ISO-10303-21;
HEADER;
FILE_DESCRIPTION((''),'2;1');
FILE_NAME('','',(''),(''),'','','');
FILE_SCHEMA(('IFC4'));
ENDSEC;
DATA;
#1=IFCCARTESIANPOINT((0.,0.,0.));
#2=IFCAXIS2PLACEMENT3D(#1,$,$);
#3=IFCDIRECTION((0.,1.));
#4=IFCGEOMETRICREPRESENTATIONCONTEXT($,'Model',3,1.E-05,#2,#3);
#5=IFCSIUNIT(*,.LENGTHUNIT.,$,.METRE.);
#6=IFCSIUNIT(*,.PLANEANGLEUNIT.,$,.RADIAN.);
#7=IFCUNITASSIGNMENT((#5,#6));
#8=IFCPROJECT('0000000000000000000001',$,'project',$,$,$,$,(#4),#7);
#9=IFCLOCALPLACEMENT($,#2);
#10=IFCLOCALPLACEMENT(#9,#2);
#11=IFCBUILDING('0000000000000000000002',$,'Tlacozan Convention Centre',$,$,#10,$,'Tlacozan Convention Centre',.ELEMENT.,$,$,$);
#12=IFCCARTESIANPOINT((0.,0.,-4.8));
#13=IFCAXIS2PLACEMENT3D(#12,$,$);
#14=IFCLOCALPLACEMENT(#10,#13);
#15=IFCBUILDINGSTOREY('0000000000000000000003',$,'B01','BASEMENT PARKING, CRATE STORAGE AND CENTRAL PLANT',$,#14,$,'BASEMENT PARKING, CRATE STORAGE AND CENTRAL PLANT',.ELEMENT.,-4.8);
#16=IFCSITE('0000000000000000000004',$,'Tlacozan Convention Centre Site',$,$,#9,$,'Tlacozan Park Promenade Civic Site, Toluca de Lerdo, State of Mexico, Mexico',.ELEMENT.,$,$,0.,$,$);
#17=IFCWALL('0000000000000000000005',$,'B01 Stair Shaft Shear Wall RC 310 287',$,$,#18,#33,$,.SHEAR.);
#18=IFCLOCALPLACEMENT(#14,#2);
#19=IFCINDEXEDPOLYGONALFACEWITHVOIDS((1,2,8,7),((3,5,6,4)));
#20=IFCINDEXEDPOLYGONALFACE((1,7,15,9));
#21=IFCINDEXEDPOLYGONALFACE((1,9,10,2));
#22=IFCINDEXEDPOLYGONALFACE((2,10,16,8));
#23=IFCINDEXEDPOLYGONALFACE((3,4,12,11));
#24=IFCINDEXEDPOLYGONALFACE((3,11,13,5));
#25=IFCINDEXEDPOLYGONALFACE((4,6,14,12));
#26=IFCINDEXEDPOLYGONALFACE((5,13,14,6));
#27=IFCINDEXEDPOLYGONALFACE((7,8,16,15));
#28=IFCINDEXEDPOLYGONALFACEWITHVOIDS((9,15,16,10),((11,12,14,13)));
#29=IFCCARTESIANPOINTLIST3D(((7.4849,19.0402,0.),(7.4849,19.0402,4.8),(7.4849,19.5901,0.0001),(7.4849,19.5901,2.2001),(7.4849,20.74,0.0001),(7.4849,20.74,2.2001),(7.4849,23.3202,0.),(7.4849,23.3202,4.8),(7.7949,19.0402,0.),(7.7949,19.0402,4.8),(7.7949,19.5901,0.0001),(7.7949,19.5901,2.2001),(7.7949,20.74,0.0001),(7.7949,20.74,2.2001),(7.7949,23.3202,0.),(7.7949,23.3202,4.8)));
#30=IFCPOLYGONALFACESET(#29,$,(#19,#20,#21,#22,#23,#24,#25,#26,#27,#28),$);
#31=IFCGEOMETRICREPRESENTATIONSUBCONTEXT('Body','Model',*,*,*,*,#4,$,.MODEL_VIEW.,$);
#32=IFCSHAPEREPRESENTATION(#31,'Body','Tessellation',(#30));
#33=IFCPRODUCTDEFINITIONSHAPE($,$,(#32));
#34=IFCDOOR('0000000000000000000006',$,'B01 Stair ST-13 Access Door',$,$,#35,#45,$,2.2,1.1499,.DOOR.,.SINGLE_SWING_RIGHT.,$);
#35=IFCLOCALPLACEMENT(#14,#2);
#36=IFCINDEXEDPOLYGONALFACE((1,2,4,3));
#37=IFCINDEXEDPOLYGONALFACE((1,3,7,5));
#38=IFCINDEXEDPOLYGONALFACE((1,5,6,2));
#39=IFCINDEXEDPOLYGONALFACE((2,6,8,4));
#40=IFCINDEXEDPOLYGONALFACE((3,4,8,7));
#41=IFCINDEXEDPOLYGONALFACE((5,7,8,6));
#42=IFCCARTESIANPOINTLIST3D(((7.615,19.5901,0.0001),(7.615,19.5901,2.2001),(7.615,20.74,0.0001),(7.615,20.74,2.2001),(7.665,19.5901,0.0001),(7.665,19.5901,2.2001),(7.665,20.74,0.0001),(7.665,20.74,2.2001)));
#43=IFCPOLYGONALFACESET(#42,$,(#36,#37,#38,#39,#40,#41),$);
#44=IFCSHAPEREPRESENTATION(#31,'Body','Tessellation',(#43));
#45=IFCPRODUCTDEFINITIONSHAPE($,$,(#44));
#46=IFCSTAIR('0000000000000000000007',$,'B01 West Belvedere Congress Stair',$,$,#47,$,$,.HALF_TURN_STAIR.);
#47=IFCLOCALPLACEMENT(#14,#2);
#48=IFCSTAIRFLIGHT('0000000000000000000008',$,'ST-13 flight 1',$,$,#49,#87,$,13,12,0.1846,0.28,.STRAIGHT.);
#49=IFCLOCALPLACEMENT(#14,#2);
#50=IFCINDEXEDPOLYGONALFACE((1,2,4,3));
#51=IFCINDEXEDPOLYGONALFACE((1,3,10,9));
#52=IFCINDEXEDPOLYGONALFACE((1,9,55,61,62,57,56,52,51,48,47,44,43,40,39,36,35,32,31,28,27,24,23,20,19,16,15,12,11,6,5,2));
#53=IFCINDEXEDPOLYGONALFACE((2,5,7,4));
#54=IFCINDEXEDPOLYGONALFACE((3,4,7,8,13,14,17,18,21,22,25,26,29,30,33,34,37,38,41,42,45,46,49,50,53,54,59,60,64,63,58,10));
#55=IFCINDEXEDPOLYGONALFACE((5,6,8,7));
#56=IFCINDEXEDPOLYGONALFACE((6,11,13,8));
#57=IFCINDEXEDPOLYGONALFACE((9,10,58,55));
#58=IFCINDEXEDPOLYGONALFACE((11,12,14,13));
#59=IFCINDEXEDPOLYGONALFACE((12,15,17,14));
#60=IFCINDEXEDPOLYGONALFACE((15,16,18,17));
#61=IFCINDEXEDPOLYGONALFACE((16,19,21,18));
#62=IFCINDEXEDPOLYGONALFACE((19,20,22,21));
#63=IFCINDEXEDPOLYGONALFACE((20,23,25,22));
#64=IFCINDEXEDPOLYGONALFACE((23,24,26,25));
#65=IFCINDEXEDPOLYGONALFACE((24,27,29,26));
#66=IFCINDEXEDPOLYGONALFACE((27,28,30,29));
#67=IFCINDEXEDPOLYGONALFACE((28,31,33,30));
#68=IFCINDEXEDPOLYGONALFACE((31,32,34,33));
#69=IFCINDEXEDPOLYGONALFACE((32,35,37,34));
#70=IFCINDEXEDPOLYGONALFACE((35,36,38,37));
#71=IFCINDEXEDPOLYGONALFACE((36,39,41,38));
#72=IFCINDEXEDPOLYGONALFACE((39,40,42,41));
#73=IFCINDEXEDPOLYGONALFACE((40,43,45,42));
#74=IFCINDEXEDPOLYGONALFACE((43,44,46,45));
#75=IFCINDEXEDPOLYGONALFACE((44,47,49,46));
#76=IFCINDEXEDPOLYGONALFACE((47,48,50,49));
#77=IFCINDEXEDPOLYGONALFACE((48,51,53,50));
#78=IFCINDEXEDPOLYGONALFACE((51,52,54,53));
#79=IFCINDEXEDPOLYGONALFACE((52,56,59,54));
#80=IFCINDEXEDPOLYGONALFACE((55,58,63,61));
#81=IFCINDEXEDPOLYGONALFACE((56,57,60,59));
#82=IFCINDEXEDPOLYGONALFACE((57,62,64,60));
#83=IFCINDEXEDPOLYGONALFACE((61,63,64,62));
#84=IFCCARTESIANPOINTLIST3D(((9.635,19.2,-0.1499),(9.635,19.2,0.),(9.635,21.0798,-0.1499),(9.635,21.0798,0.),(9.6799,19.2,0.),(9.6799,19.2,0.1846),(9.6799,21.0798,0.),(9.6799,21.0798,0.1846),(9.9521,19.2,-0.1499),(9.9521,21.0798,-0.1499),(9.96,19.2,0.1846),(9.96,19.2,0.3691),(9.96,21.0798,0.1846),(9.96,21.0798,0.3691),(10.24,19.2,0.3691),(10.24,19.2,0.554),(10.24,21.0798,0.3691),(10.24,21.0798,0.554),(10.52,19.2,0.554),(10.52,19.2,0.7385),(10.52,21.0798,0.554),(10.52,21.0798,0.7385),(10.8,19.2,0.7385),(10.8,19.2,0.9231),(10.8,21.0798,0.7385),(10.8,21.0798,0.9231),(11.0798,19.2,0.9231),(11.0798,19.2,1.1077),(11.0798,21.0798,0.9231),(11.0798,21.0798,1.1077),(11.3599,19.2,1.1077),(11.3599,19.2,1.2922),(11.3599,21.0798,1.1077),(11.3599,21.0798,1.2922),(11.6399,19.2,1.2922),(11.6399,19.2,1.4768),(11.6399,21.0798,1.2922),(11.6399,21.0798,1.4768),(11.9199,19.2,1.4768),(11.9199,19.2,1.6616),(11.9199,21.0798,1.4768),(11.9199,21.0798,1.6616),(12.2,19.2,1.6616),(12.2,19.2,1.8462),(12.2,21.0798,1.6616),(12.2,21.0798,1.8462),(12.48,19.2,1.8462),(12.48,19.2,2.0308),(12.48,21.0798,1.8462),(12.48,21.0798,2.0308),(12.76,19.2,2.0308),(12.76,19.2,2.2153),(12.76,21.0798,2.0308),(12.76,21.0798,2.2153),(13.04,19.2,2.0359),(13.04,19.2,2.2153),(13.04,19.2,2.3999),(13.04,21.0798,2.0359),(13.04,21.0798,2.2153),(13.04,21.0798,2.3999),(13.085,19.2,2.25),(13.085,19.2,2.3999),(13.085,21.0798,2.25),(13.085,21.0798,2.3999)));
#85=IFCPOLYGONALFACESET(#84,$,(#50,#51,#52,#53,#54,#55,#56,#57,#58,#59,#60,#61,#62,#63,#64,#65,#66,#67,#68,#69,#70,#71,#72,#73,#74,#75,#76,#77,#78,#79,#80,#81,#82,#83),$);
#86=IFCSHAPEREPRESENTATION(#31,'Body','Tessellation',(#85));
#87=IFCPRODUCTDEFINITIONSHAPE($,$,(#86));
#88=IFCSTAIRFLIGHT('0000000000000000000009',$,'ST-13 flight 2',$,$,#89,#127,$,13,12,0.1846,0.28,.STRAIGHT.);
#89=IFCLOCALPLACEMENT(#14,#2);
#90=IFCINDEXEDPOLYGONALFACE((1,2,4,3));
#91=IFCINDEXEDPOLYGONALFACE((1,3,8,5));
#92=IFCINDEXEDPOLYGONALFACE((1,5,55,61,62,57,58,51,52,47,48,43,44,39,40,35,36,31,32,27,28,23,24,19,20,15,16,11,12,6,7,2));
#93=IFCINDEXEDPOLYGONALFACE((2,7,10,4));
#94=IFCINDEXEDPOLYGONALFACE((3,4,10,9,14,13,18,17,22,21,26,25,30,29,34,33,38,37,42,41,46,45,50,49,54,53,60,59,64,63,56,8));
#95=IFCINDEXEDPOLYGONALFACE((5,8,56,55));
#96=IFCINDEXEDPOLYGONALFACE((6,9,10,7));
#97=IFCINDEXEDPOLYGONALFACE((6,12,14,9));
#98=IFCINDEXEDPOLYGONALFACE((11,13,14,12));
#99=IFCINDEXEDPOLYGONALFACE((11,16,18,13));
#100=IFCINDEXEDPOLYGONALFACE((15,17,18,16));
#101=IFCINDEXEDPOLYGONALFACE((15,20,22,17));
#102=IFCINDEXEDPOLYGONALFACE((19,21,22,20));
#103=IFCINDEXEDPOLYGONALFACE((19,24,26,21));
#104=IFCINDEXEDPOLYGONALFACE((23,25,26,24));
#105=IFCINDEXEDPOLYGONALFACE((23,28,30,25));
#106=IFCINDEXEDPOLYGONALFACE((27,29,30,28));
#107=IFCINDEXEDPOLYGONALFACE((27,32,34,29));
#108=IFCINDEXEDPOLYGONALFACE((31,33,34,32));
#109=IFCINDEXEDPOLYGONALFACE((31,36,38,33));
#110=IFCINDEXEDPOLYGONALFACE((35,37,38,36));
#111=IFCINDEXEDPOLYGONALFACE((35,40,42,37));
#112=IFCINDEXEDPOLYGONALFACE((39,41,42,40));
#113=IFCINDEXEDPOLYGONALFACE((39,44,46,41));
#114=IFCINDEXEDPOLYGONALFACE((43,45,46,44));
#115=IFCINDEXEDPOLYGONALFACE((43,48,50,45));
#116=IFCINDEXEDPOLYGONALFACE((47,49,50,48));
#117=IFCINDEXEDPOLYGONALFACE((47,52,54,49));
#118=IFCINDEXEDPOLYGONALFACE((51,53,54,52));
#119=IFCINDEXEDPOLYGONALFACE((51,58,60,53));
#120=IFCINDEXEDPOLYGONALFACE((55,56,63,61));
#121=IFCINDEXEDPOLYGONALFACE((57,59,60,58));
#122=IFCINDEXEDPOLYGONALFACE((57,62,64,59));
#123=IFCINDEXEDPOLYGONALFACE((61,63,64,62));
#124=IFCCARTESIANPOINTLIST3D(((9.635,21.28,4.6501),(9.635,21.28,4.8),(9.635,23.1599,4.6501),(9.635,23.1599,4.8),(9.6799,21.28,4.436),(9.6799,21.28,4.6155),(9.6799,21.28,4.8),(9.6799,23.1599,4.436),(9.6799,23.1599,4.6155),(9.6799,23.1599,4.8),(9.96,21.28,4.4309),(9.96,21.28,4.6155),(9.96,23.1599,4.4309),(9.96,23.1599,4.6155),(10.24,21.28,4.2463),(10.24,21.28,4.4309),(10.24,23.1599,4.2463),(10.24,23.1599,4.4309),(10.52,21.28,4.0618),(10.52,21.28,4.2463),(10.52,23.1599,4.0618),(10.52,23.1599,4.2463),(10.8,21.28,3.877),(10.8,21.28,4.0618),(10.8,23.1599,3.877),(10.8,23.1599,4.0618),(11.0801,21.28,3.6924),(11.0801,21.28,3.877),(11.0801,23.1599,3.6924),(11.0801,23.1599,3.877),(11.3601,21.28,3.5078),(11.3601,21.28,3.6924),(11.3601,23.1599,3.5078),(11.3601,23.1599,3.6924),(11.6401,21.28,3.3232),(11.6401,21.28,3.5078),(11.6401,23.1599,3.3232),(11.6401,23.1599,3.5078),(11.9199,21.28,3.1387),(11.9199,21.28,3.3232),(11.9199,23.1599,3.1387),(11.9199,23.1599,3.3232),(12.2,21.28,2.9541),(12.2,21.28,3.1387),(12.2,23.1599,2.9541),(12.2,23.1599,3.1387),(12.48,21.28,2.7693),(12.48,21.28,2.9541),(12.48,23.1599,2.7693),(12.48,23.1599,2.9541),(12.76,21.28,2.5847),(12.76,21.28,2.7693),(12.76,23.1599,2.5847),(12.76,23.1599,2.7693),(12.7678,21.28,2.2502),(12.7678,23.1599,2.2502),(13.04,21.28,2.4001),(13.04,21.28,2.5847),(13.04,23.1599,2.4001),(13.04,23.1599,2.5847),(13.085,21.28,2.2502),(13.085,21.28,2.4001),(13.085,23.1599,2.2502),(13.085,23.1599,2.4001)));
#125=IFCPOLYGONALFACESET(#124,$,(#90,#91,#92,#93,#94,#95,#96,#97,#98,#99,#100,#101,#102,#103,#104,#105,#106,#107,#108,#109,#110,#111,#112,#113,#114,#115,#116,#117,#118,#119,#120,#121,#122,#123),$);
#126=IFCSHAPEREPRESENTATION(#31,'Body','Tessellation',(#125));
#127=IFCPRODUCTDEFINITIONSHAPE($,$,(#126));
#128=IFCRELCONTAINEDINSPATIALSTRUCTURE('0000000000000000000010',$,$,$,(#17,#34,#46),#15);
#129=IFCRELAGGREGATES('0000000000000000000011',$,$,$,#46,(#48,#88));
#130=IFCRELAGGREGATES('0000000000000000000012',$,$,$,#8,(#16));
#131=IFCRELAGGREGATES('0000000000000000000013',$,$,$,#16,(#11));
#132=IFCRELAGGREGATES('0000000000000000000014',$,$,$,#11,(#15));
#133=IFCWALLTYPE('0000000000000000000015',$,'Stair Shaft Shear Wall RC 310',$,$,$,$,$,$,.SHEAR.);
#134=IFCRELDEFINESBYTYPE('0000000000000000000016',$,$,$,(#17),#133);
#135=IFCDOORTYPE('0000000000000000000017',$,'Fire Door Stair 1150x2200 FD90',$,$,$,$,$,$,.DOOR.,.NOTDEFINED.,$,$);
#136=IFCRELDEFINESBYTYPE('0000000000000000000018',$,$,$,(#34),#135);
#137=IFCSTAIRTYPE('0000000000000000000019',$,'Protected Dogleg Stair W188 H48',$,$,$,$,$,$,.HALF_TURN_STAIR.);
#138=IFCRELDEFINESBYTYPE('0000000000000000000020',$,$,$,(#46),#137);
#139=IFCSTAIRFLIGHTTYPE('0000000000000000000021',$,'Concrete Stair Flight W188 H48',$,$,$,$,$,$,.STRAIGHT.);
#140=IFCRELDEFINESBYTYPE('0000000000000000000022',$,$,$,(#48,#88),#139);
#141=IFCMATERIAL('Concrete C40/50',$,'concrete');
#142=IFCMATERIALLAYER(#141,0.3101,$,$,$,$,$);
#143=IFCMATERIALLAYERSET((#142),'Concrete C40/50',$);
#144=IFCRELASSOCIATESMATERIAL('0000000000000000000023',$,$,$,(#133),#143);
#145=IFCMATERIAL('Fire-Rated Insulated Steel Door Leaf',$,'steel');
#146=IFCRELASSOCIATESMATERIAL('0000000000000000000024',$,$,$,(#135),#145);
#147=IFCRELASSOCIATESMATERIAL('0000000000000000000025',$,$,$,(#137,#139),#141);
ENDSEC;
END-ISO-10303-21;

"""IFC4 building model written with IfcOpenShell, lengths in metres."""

from ifc_helpers import new_model, si_unit, direction, frame, frame_2d, origin, place, context, subcontext, project, spatial, polyline, rectangle, outline, extrude, material, layer, layer_set, type_object, element, fill, aggregate, save


model = new_model("IFC4")

# Units and contexts
model_context = context("Model", 3, precision=1e-05, world=origin(), true_north=direction((0.0, 1.0)))
body_context = subcontext(model_context, "Body", "Model", "MODEL_VIEW")
ifc_project = project(units=[si_unit("LENGTHUNIT", "METRE"), si_unit("PLANEANGLEUNIT", "RADIAN")], contexts=[model_context])

# Site, building, storey
site_placement = place(None, origin())
site = spatial("IfcSite", under=ifc_project, at=site_placement, Name="Tlacozan Convention Centre Site", LongName="Tlacozan Park Promenade Civic Site, Toluca de Lerdo, State of Mexico, Mexico", CompositionType="ELEMENT", RefElevation=0.0)
building_placement = place(site_placement, origin())
building = spatial("IfcBuilding", under=site, at=building_placement, Name="Tlacozan Convention Centre", LongName="Tlacozan Convention Centre", CompositionType="ELEMENT")
storey_placement = place(building_placement, frame((0.0, 0.0, -4.8)))
storey = spatial("IfcBuildingStorey", under=building, at=storey_placement, Name="B01", Description="BASEMENT PARKING, CRATE STORAGE AND CENTRAL PLANT", LongName="BASEMENT PARKING, CRATE STORAGE AND CENTRAL PLANT", CompositionType="ELEMENT", Elevation=-4.8)

# Shared definitions
ifc_material_1 = material(Name="Concrete C40/50", Category="concrete")

# Shared definitions
ifc_material_2 = material(Name="Fire-Rated Insulated Steel Door Leaf", Category="steel")

# Shared definitions
ifc_layer_1 = layer(ifc_material_1, 0.3101)
ifc_layer_set_1 = layer_set([ifc_layer_1], Name="Concrete C40/50")
wall_type_1 = type_object("IfcWallType", Name="Stair Shaft Shear Wall RC 310", PredefinedType="SHEAR", material=ifc_layer_set_1)

# Wall, opening, door
wall_1_placement = place(storey_placement, frame((7.6399, 19.04, 0.0), z_axis=(0.0, 0.0, 1.0), x_axis=(0.0, 1.0, 0.0)))
wall_1 = element("IfcWall", 1, at=wall_1_placement, inside=storey, type_object=wall_type_1, Name="B01 Stair Shaft Shear Wall RC 310 287", PredefinedType="SHEAR", context=body_context, shape_type="SweptSolid", body=[
    extrude(rectangle(XDim=4.28, YDim=0.3101, at=frame_2d((2.1401, 0.0))), origin(), (0.0, 0.0, 1.0), 4.8),
])
opening_1_placement = place(wall_1_placement, frame((0.55, 0.0, 0.0)))
opening_1 = element("IfcOpeningElement", 2, at=opening_1_placement, cuts=wall_1, PredefinedType="OPENING", context=body_context, shape_type="SweptSolid", body=[
    extrude(rectangle(XDim=1.1499, YDim=2.2, at=frame_2d((0.575, 1.1001))), frame((0.0, 0.165, 0.0), z_axis=(0.0, -1.0, 0.0), x_axis=(1.0, 0.0, 0.0)), (0.0, 0.0, 1.0), 0.3301),
])
door_type_1 = type_object("IfcDoorType", Name="Fire Door Stair 1150x2200 FD90", OperationType="NOTDEFINED", PredefinedType="DOOR", material=ifc_material_2)
door_1_placement = place(opening_1_placement, origin())
door_1 = element("IfcDoor", 3, at=door_1_placement, inside=storey, type_object=door_type_1, Name="B01 Stair ST-13 Access Door", OperationType="SINGLE_SWING_RIGHT", OverallHeight=2.2, OverallWidth=1.1499, PredefinedType="DOOR", context=body_context, shape_type="SweptSolid", body=[
    extrude(rectangle(XDim=1.1499, YDim=2.2, at=frame_2d((0.575, 1.1001))), frame((0.0, 0.0249, 0.0), z_axis=(0.0, -1.0, 0.0), x_axis=(1.0, 0.0, 0.0)), (0.0, 0.0, 1.0), 0.05),
])
fill(opening_1, door_1)

# Stair, stair flights
stair_type = type_object("IfcStairType", Name="Protected Dogleg Stair W188 H48", PredefinedType="HALF_TURN_STAIR", material=ifc_material_1)
stair_placement = place(storey_placement, origin())
stair = element("IfcStair", 4, at=stair_placement, inside=storey, type_object=stair_type, Name="B01 West Belvedere Congress Stair", PredefinedType="HALF_TURN_STAIR")
stair_flight_type = type_object("IfcStairFlightType", Name="Concrete Stair Flight W188 H48", PredefinedType="STRAIGHT", material=ifc_material_1)
stair_flight_1_placement = place(storey_placement, frame((9.6799, 20.1399, 0.0), z_axis=(0.0, 0.0, 1.0), x_axis=(1.0, 0.0, 0.0)))
stair_flight_1 = element("IfcStairFlight", 5, at=stair_flight_1_placement, type_object=stair_flight_type, Name="ST-13 flight 1", NumberOfRisers=13, NumberOfTreads=12, PredefinedType="STRAIGHT", RiserHeight=0.1846, TreadLength=0.28, context=body_context, shape_type="SweptSolid", body=[
    extrude(outline(polyline([(-0.0449, -0.1499), (-0.0449, 0.0), (0.0, 0.0), (0.0, 0.1846), (0.28, 0.1846), (0.28, 0.3691), (0.5601, 0.3691), (0.5601, 0.554), (0.8401, 0.554), (0.8401, 0.7385), (1.1201, 0.7385), (1.1201, 0.9231), (1.3999, 0.9231), (1.3999, 1.1077), (1.6799, 1.1077), (1.6799, 1.2922), (1.96, 1.2922), (1.96, 1.4768), (2.24, 1.4768), (2.24, 1.6616), (2.52, 1.6616), (2.52, 1.8462), (2.8, 1.8462), (2.8, 2.0308), (3.0801, 2.0308), (3.0801, 2.2153), (3.3601, 2.2153), (3.3601, 2.3999), (3.405, 2.3999), (3.405, 2.25), (3.3601, 2.0359), (0.2722, -0.1499), (-0.0449, -0.1499)])), frame((0.0, 0.9399, 0.0), z_axis=(0.0, -1.0, 0.0), x_axis=(1.0, 0.0, 0.0)), (0.0, 0.0, 1.0), 1.8799),
])
stair_flight_2_placement = place(storey_placement, frame((13.04, 22.22, 2.4001), z_axis=(0.0, 0.0, 1.0), x_axis=(-1.0, 0.0, 0.0)))
stair_flight_2 = element("IfcStairFlight", 6, at=stair_flight_2_placement, type_object=stair_flight_type, Name="ST-13 flight 2", NumberOfRisers=13, NumberOfTreads=12, PredefinedType="STRAIGHT", RiserHeight=0.1846, TreadLength=0.28, context=body_context, shape_type="SweptSolid", body=[
    extrude(outline(polyline([(-0.0449, -0.1499), (-0.0449, 0.0), (0.0, 0.0), (0.0, 0.1846), (0.28, 0.1846), (0.28, 0.3691), (0.5601, 0.3691), (0.5601, 0.554), (0.8401, 0.554), (0.8401, 0.7385), (1.1201, 0.7385), (1.1201, 0.9231), (1.3999, 0.9231), (1.3999, 1.1077), (1.6799, 1.1077), (1.6799, 1.2922), (1.96, 1.2922), (1.96, 1.4768), (2.24, 1.4768), (2.24, 1.6616), (2.52, 1.6616), (2.52, 1.8462), (2.8, 1.8462), (2.8, 2.0308), (3.0801, 2.0308), (3.0801, 2.2153), (3.3601, 2.2153), (3.3601, 2.3999), (3.405, 2.3999), (3.405, 2.25), (3.3601, 2.0359), (0.2722, -0.1499), (-0.0449, -0.1499)])), frame((0.0, 0.9399, 0.0), z_axis=(0.0, -1.0, 0.0), x_axis=(1.0, 0.0, 0.0)), (0.0, 0.0, 1.0), 1.8799),
])
aggregate(stair, [stair_flight_1, stair_flight_2])

save(model, "model.ifc")
